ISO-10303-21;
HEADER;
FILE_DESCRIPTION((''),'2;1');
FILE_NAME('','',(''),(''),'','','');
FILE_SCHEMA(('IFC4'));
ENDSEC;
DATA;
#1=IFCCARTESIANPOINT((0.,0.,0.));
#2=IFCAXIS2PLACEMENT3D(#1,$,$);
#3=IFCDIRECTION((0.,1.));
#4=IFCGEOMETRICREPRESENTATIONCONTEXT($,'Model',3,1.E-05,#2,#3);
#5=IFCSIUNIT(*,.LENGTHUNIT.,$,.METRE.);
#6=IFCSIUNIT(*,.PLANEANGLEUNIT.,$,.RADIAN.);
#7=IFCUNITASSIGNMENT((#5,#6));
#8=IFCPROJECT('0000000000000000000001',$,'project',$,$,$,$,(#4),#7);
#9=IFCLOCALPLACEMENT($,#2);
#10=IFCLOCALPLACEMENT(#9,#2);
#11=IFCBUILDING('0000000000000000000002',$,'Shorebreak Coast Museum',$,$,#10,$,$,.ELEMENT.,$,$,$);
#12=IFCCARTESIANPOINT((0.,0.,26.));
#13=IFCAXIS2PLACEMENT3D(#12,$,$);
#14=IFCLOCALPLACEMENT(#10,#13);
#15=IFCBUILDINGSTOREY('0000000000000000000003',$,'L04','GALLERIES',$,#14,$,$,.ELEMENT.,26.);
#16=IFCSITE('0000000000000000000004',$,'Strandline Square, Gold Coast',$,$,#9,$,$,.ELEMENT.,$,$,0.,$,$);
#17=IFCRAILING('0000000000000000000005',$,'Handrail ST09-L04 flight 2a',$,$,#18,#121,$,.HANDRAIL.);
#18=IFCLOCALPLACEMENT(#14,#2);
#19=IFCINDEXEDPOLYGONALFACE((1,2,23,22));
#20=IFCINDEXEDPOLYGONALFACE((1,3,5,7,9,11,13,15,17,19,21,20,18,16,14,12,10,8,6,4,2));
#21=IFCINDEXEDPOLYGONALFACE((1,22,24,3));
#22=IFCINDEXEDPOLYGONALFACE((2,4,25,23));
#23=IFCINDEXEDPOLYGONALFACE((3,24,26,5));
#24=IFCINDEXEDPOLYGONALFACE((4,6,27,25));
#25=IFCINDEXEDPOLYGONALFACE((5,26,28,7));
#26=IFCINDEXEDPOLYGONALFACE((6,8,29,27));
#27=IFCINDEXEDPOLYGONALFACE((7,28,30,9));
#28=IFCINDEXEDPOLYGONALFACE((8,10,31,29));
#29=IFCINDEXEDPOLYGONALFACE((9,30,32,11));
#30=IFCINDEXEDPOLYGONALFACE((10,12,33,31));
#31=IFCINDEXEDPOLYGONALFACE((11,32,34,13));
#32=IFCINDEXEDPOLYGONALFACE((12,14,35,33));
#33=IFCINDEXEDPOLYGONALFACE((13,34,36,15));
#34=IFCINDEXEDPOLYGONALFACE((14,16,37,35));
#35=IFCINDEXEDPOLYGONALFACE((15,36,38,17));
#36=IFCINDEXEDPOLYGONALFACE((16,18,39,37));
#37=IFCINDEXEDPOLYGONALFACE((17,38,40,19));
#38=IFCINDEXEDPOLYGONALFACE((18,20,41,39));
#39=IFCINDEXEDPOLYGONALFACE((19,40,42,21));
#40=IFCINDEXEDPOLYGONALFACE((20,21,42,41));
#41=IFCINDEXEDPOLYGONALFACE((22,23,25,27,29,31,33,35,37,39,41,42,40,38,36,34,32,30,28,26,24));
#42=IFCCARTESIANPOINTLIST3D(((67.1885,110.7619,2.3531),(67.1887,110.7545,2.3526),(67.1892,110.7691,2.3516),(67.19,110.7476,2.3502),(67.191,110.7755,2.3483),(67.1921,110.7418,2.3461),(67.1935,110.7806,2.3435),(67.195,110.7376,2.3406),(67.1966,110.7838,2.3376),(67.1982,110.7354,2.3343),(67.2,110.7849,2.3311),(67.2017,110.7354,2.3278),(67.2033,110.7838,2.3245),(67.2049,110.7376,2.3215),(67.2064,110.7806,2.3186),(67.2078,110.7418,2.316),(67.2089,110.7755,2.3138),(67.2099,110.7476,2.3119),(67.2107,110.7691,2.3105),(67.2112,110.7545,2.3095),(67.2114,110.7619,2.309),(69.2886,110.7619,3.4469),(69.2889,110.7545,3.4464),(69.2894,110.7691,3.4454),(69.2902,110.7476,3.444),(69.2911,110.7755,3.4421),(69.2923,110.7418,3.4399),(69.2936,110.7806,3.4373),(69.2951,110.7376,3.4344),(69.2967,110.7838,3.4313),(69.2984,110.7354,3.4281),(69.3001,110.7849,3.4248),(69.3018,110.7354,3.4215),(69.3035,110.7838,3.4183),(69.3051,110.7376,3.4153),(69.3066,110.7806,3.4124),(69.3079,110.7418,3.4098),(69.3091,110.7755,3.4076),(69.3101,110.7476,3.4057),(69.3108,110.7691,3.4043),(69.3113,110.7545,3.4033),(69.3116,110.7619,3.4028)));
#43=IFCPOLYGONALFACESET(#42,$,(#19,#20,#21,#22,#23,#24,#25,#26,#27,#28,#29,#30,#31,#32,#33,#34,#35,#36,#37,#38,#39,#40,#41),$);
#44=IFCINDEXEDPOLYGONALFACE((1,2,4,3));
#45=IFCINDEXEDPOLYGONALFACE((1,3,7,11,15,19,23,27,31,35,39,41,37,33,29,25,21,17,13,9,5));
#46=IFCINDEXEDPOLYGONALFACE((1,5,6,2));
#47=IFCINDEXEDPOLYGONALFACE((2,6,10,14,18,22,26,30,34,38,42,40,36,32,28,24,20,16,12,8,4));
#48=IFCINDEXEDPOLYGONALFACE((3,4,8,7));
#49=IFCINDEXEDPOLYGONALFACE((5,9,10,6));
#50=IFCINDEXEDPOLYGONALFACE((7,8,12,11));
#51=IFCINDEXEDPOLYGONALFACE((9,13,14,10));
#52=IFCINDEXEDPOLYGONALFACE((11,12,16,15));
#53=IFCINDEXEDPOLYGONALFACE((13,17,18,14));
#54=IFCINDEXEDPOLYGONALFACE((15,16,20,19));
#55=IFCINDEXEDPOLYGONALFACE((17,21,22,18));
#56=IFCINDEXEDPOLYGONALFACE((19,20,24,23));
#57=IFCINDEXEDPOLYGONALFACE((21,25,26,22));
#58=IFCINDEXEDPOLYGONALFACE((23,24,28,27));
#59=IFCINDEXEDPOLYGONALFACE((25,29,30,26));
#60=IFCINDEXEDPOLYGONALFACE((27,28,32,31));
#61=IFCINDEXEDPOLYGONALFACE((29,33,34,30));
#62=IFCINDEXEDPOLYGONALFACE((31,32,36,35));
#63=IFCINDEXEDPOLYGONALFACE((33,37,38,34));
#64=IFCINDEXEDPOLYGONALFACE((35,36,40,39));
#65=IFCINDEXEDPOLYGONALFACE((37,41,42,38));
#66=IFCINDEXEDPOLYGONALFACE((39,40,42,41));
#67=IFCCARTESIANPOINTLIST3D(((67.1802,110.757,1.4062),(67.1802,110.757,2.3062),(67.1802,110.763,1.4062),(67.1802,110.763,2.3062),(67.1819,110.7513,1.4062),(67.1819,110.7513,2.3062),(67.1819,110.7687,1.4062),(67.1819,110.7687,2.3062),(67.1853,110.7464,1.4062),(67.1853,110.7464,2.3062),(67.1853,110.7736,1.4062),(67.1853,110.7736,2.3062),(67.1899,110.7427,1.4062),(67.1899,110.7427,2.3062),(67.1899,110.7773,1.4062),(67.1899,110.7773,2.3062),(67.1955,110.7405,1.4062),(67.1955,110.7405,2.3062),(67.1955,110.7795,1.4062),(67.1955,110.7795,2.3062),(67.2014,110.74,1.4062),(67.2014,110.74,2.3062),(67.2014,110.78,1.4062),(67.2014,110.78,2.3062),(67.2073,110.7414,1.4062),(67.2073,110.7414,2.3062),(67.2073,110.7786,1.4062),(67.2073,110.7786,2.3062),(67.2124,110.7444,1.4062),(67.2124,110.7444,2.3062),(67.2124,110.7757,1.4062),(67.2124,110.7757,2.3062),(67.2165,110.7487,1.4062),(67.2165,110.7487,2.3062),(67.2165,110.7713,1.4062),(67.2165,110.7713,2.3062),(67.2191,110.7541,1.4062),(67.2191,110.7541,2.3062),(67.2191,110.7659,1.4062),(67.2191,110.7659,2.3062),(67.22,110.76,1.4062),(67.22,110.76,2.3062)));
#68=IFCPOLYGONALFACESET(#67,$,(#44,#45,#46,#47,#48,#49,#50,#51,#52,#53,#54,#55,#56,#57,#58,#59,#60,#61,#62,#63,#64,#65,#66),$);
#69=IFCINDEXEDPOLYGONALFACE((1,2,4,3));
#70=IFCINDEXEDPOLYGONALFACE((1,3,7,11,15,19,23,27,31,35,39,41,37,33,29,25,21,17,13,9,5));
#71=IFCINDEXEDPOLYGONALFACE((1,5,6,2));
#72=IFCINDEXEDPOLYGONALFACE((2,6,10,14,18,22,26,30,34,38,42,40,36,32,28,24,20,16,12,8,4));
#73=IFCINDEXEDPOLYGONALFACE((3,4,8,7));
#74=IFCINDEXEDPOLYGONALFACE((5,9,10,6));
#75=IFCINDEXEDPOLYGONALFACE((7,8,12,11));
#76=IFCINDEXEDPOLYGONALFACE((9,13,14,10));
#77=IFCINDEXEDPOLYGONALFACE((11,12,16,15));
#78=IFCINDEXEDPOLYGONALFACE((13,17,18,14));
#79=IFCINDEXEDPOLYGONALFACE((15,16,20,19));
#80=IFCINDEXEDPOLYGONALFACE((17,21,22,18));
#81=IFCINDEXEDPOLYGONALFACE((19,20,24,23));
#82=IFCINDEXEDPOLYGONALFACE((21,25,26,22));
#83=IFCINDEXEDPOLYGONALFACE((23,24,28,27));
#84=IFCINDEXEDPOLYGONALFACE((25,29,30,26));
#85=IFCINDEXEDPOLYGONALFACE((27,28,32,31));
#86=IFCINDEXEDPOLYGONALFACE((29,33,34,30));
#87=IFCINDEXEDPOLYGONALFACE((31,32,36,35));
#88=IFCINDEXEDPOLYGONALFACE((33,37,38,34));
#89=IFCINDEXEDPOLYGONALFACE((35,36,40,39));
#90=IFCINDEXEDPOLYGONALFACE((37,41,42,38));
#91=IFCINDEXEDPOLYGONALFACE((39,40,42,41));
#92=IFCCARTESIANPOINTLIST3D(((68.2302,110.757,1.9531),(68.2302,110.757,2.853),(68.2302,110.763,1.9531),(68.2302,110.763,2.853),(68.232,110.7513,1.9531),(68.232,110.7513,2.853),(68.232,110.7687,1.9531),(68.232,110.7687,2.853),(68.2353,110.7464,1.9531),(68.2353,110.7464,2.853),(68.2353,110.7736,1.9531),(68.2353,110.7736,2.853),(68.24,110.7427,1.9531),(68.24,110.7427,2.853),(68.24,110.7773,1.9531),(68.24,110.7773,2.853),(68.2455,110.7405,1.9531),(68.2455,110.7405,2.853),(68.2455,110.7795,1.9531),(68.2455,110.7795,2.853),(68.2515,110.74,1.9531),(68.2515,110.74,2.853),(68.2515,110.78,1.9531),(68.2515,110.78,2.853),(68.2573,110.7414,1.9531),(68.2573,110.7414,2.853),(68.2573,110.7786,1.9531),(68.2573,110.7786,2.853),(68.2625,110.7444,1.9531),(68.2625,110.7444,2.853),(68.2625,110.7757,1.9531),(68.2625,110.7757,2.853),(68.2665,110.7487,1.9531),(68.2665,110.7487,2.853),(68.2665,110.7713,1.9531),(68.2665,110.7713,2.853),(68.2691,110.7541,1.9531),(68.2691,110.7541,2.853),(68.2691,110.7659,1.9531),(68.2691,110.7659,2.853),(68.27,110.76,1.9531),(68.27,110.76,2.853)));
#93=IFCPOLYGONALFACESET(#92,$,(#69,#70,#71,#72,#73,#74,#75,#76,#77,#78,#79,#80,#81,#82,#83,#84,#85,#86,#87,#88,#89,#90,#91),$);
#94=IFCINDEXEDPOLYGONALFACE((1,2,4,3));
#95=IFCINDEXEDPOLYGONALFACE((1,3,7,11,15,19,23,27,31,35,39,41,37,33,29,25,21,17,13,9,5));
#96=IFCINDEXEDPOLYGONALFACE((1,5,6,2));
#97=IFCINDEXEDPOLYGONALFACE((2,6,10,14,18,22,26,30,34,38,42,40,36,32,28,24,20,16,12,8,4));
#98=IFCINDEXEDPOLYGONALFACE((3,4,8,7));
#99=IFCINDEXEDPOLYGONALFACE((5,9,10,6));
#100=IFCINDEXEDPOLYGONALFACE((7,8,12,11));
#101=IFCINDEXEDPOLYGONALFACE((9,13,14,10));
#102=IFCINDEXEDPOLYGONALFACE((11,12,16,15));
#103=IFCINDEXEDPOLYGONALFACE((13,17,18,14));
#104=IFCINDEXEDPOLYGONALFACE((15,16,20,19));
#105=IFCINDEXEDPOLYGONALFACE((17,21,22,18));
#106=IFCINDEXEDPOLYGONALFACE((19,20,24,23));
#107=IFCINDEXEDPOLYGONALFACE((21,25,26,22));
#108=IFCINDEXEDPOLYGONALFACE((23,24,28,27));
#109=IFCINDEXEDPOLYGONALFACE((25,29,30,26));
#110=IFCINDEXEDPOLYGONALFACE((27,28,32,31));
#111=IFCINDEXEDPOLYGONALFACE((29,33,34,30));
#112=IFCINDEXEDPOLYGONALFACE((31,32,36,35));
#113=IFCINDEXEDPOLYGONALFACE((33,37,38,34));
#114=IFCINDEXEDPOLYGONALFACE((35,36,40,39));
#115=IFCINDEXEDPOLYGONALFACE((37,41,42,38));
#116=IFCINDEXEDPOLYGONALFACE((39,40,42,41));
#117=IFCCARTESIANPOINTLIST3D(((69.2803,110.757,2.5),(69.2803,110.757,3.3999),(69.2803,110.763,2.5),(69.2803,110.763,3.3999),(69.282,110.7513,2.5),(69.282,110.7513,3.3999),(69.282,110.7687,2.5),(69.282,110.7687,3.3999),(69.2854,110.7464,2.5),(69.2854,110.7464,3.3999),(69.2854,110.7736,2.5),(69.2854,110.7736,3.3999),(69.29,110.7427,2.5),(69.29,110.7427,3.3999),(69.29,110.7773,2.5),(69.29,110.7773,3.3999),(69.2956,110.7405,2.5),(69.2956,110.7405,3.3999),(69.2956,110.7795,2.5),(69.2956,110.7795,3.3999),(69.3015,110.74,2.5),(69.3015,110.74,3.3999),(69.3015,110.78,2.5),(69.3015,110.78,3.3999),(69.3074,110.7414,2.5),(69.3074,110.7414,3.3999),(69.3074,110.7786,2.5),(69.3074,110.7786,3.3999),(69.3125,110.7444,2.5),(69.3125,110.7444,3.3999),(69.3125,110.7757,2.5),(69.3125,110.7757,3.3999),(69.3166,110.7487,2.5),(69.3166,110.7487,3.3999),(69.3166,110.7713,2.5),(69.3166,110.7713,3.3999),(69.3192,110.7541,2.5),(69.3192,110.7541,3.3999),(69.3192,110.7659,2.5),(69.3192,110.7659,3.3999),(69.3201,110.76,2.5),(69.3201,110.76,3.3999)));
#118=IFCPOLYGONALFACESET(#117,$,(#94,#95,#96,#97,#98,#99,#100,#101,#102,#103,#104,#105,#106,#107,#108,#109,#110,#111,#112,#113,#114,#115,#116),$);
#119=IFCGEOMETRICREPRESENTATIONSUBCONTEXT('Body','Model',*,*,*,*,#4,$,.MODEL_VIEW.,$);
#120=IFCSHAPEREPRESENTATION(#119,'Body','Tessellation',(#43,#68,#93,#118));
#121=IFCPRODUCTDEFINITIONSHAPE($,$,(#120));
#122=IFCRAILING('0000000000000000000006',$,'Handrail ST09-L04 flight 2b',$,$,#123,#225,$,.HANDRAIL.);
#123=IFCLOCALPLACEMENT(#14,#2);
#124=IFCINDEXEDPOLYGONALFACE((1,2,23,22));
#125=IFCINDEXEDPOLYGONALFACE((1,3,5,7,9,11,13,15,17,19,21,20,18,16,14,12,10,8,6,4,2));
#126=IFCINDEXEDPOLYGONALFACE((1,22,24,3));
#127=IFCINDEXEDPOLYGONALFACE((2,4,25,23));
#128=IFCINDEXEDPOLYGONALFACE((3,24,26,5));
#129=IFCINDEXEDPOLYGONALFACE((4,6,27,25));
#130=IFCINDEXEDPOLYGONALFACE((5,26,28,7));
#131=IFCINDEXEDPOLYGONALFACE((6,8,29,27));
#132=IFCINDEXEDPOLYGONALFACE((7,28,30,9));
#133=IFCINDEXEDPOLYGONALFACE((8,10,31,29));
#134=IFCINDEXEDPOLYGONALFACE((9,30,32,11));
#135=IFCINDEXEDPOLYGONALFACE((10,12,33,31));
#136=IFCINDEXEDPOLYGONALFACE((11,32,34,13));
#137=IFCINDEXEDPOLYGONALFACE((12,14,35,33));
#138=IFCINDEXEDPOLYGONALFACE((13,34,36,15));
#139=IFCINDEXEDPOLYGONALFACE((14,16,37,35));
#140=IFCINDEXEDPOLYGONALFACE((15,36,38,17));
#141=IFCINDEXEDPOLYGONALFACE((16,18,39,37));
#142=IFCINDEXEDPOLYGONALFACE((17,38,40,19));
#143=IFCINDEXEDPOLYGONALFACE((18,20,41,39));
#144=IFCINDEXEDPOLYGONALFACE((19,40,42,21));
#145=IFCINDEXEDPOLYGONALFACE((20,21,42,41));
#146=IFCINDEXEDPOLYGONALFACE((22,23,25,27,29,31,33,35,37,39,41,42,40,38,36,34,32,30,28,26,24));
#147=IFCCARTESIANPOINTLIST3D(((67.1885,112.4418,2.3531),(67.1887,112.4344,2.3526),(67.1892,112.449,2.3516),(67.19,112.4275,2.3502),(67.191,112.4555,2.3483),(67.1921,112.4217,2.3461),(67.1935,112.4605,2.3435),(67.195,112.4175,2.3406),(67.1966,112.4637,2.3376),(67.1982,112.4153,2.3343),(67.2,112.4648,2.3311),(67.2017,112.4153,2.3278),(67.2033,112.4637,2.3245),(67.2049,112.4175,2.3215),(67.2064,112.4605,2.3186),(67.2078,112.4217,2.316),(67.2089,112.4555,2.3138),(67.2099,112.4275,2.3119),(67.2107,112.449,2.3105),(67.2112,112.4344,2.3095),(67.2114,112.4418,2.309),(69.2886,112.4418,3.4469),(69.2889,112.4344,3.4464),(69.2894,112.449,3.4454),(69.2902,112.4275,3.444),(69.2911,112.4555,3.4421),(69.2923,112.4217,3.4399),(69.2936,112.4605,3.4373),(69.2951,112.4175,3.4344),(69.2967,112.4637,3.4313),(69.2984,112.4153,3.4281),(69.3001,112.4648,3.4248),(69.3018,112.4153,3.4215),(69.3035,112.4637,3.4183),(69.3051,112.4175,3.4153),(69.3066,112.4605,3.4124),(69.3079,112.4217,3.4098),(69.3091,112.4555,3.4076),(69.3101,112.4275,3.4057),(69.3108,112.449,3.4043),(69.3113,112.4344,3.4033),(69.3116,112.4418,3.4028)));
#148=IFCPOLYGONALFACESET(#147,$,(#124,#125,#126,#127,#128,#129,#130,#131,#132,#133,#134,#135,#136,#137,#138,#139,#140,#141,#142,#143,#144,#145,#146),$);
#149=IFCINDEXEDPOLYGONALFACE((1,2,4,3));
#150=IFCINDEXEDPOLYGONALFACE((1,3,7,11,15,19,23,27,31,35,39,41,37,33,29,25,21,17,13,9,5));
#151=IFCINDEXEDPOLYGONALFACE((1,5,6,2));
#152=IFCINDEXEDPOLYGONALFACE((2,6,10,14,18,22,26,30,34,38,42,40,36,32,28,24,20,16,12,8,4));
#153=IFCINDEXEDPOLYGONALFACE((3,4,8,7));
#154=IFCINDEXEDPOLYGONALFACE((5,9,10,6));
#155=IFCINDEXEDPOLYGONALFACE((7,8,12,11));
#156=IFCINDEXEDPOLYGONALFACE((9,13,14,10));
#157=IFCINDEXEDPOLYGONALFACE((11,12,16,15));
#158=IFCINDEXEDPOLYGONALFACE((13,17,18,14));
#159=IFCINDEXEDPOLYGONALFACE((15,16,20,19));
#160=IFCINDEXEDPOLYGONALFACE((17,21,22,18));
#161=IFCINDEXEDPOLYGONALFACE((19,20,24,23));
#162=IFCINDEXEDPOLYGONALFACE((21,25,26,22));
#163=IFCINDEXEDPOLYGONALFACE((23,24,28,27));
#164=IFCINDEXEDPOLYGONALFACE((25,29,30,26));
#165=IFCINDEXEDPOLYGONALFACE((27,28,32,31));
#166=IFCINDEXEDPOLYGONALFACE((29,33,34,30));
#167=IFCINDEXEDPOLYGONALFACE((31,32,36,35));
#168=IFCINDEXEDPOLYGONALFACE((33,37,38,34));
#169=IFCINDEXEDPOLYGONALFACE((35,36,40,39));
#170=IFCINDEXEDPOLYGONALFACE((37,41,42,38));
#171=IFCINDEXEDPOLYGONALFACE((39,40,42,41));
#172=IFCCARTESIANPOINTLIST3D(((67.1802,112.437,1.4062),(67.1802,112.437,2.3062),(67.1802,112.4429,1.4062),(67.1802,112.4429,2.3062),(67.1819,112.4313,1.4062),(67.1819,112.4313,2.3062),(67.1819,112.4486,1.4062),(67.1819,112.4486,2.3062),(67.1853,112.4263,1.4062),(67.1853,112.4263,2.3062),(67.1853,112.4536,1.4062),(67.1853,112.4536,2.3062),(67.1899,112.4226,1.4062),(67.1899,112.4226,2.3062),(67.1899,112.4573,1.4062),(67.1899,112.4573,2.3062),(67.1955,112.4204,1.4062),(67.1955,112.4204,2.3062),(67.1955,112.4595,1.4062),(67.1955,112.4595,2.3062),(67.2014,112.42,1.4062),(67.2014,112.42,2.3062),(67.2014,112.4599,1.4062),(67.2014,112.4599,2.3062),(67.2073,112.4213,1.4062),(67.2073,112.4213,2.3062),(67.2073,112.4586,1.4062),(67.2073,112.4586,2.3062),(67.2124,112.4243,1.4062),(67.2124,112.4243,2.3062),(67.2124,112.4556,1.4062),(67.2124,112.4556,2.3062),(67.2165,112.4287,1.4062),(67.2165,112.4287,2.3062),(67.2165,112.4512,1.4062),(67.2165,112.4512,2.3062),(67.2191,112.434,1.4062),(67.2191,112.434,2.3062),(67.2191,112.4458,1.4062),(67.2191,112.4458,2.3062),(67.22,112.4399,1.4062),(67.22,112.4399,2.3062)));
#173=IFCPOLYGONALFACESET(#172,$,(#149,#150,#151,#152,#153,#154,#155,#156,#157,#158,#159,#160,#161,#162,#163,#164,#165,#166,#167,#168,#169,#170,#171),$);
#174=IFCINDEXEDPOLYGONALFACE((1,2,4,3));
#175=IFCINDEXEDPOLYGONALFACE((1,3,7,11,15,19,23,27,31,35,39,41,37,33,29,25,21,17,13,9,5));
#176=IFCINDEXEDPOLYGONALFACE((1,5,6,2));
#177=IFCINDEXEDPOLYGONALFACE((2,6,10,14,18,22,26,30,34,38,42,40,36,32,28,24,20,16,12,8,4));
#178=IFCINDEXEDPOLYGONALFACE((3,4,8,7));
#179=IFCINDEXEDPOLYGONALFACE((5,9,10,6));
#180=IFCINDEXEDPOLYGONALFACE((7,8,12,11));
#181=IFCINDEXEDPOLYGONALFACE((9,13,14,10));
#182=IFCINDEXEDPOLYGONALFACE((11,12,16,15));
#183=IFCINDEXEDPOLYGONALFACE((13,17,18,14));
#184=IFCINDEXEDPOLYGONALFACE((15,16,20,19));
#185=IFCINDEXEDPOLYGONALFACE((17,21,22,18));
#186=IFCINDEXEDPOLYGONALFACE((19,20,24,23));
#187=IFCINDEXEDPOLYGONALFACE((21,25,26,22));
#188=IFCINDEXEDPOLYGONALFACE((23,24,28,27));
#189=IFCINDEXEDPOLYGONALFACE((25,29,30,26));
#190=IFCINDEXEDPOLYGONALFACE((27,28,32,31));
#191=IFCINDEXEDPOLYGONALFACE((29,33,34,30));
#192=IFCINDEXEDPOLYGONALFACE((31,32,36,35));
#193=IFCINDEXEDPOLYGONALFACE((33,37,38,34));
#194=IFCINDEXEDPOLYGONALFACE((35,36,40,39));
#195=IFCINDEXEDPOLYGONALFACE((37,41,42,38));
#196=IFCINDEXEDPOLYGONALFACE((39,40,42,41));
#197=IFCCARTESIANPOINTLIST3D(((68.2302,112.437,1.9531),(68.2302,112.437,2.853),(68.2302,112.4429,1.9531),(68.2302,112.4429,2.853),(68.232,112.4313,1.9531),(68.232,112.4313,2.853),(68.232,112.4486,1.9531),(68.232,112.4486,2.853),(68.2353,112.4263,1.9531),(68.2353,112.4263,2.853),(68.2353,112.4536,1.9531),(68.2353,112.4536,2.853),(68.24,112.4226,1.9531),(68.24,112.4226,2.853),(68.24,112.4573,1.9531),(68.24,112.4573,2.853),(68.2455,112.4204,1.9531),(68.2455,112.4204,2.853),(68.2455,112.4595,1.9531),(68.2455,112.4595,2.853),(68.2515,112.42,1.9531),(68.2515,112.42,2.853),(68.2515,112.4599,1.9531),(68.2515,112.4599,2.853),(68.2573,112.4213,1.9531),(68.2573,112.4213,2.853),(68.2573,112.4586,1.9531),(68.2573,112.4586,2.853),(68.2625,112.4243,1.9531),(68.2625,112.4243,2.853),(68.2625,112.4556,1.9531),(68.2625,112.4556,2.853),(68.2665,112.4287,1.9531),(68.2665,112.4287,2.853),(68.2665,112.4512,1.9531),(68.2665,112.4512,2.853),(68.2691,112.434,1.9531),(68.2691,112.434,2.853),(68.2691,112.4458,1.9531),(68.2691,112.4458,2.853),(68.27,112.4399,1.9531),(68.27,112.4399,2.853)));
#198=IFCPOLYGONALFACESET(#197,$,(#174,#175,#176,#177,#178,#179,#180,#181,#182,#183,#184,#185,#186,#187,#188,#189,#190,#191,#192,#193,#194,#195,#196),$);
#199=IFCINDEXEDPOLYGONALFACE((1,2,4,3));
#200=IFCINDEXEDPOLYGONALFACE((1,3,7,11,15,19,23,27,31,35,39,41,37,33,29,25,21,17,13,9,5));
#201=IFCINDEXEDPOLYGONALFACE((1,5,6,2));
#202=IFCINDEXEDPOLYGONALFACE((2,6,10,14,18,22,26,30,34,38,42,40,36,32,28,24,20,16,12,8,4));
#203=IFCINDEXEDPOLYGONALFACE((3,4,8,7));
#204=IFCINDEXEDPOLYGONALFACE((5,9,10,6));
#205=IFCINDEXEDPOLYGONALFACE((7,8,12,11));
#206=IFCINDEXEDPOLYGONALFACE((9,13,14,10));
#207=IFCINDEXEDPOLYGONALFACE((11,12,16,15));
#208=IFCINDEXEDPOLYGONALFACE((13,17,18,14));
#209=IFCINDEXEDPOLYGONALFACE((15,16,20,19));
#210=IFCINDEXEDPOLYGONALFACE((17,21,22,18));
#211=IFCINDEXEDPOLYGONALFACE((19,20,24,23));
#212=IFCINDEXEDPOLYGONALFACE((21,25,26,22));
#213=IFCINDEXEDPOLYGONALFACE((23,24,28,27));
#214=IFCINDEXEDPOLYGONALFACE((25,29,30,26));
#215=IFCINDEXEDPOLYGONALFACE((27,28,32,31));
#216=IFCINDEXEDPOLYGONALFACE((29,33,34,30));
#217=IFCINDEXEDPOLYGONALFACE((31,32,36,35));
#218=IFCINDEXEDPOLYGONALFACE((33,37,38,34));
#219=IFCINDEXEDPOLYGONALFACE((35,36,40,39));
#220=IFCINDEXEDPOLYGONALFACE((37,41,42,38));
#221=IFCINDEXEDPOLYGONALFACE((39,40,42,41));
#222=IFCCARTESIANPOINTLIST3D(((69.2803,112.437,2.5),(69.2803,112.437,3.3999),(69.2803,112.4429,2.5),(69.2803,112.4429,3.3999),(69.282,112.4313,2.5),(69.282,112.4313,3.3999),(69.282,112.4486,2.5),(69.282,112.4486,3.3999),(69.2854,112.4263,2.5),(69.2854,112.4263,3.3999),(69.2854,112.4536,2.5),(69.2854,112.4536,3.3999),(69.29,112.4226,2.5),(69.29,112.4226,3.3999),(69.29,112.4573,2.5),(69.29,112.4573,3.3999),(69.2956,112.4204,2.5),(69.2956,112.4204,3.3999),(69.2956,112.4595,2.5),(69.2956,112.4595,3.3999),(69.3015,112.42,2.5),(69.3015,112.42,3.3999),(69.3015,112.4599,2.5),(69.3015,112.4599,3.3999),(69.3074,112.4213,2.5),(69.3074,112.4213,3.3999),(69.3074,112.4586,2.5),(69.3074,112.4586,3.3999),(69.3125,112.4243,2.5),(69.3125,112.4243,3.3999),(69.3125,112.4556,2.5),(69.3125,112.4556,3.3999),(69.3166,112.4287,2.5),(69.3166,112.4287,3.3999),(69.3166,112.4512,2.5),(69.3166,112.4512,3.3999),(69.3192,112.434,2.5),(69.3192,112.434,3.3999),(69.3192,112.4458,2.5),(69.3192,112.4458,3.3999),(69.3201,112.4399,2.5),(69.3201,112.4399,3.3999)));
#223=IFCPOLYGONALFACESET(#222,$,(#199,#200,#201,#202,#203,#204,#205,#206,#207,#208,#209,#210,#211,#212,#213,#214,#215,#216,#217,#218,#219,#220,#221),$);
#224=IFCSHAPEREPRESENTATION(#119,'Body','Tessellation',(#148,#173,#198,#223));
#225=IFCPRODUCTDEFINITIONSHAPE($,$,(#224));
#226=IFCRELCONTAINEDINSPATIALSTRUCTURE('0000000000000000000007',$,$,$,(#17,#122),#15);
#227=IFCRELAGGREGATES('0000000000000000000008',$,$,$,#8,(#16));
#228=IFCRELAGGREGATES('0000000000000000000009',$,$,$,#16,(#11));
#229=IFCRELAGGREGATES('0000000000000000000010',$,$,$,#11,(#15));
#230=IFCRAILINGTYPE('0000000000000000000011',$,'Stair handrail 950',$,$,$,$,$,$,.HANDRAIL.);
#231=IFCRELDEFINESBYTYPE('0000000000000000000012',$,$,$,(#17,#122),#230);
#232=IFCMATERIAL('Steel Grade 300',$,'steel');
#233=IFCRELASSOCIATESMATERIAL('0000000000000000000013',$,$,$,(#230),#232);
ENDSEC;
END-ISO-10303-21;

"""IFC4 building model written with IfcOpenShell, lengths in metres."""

from ifc_helpers import new_model, si_unit, direction, frame, origin, origin_2d, place, context, subcontext, project, spatial, circle, extrude, material, type_object, element, save


model = new_model("IFC4")

# Units and contexts
model_context = context("Model", 3, precision=1e-05, world=origin(), true_north=direction((0.0, 1.0)))
body_context = subcontext(model_context, "Body", "Model", "MODEL_VIEW")
ifc_project = project(units=[si_unit("LENGTHUNIT", "METRE"), si_unit("PLANEANGLEUNIT", "RADIAN")], contexts=[model_context])

# Site, building, storey
site_placement = place(None, origin())
site = spatial("IfcSite", under=ifc_project, at=site_placement, Name="Strandline Square, Gold Coast", CompositionType="ELEMENT", RefElevation=0.0)
building_placement = place(site_placement, origin())
building = spatial("IfcBuilding", under=site, at=building_placement, Name="Shorebreak Coast Museum", CompositionType="ELEMENT")
storey_placement = place(building_placement, frame((0.0, 0.0, 26.0)))
storey = spatial("IfcBuildingStorey", under=building, at=storey_placement, Name="L04", Description="GALLERIES", CompositionType="ELEMENT", Elevation=26.0)

# Railings
ifc_material_1 = material(Name="Steel Grade 300", Category="steel")
railing_type_1 = type_object("IfcRailingType", Name="Stair handrail 950", PredefinedType="HANDRAIL", material=ifc_material_1)
for number, where, name in (
    (1, (67.2, 110.76, 1.4062), "Handrail ST09-L04 flight 2a"),
    (2, (67.2, 112.4399, 1.4062), "Handrail ST09-L04 flight 2b"),
):
    element("IfcRailing", number, at=place(storey_placement, frame(where)), inside=storey, type_object=railing_type_1, Name=name, PredefinedType="HANDRAIL", context=body_context, shape_type="SweptSolid", body=[
        extrude(circle(Radius=0.0249, at=origin_2d()), frame((0.0, 0.0, 0.9248), z_axis=(0.886923, 0.0, 0.461918), x_axis=(0.0, 1.0, 0.0)), (0.0, 0.0, 1.0), 2.3679),
        extrude(circle(Radius=0.02, at=origin_2d()), origin(), (0.0, 0.0, 1.0), 0.8999),
        extrude(circle(Radius=0.02, at=origin_2d()), frame((1.05, 0.0, 0.5469)), (0.0, 0.0, 1.0), 0.8999),
        extrude(circle(Radius=0.02, at=origin_2d()), frame((2.1001, 0.0, 1.0938)), (0.0, 0.0, 1.0), 0.8999),
    ])

save(model, "model.ifc")
